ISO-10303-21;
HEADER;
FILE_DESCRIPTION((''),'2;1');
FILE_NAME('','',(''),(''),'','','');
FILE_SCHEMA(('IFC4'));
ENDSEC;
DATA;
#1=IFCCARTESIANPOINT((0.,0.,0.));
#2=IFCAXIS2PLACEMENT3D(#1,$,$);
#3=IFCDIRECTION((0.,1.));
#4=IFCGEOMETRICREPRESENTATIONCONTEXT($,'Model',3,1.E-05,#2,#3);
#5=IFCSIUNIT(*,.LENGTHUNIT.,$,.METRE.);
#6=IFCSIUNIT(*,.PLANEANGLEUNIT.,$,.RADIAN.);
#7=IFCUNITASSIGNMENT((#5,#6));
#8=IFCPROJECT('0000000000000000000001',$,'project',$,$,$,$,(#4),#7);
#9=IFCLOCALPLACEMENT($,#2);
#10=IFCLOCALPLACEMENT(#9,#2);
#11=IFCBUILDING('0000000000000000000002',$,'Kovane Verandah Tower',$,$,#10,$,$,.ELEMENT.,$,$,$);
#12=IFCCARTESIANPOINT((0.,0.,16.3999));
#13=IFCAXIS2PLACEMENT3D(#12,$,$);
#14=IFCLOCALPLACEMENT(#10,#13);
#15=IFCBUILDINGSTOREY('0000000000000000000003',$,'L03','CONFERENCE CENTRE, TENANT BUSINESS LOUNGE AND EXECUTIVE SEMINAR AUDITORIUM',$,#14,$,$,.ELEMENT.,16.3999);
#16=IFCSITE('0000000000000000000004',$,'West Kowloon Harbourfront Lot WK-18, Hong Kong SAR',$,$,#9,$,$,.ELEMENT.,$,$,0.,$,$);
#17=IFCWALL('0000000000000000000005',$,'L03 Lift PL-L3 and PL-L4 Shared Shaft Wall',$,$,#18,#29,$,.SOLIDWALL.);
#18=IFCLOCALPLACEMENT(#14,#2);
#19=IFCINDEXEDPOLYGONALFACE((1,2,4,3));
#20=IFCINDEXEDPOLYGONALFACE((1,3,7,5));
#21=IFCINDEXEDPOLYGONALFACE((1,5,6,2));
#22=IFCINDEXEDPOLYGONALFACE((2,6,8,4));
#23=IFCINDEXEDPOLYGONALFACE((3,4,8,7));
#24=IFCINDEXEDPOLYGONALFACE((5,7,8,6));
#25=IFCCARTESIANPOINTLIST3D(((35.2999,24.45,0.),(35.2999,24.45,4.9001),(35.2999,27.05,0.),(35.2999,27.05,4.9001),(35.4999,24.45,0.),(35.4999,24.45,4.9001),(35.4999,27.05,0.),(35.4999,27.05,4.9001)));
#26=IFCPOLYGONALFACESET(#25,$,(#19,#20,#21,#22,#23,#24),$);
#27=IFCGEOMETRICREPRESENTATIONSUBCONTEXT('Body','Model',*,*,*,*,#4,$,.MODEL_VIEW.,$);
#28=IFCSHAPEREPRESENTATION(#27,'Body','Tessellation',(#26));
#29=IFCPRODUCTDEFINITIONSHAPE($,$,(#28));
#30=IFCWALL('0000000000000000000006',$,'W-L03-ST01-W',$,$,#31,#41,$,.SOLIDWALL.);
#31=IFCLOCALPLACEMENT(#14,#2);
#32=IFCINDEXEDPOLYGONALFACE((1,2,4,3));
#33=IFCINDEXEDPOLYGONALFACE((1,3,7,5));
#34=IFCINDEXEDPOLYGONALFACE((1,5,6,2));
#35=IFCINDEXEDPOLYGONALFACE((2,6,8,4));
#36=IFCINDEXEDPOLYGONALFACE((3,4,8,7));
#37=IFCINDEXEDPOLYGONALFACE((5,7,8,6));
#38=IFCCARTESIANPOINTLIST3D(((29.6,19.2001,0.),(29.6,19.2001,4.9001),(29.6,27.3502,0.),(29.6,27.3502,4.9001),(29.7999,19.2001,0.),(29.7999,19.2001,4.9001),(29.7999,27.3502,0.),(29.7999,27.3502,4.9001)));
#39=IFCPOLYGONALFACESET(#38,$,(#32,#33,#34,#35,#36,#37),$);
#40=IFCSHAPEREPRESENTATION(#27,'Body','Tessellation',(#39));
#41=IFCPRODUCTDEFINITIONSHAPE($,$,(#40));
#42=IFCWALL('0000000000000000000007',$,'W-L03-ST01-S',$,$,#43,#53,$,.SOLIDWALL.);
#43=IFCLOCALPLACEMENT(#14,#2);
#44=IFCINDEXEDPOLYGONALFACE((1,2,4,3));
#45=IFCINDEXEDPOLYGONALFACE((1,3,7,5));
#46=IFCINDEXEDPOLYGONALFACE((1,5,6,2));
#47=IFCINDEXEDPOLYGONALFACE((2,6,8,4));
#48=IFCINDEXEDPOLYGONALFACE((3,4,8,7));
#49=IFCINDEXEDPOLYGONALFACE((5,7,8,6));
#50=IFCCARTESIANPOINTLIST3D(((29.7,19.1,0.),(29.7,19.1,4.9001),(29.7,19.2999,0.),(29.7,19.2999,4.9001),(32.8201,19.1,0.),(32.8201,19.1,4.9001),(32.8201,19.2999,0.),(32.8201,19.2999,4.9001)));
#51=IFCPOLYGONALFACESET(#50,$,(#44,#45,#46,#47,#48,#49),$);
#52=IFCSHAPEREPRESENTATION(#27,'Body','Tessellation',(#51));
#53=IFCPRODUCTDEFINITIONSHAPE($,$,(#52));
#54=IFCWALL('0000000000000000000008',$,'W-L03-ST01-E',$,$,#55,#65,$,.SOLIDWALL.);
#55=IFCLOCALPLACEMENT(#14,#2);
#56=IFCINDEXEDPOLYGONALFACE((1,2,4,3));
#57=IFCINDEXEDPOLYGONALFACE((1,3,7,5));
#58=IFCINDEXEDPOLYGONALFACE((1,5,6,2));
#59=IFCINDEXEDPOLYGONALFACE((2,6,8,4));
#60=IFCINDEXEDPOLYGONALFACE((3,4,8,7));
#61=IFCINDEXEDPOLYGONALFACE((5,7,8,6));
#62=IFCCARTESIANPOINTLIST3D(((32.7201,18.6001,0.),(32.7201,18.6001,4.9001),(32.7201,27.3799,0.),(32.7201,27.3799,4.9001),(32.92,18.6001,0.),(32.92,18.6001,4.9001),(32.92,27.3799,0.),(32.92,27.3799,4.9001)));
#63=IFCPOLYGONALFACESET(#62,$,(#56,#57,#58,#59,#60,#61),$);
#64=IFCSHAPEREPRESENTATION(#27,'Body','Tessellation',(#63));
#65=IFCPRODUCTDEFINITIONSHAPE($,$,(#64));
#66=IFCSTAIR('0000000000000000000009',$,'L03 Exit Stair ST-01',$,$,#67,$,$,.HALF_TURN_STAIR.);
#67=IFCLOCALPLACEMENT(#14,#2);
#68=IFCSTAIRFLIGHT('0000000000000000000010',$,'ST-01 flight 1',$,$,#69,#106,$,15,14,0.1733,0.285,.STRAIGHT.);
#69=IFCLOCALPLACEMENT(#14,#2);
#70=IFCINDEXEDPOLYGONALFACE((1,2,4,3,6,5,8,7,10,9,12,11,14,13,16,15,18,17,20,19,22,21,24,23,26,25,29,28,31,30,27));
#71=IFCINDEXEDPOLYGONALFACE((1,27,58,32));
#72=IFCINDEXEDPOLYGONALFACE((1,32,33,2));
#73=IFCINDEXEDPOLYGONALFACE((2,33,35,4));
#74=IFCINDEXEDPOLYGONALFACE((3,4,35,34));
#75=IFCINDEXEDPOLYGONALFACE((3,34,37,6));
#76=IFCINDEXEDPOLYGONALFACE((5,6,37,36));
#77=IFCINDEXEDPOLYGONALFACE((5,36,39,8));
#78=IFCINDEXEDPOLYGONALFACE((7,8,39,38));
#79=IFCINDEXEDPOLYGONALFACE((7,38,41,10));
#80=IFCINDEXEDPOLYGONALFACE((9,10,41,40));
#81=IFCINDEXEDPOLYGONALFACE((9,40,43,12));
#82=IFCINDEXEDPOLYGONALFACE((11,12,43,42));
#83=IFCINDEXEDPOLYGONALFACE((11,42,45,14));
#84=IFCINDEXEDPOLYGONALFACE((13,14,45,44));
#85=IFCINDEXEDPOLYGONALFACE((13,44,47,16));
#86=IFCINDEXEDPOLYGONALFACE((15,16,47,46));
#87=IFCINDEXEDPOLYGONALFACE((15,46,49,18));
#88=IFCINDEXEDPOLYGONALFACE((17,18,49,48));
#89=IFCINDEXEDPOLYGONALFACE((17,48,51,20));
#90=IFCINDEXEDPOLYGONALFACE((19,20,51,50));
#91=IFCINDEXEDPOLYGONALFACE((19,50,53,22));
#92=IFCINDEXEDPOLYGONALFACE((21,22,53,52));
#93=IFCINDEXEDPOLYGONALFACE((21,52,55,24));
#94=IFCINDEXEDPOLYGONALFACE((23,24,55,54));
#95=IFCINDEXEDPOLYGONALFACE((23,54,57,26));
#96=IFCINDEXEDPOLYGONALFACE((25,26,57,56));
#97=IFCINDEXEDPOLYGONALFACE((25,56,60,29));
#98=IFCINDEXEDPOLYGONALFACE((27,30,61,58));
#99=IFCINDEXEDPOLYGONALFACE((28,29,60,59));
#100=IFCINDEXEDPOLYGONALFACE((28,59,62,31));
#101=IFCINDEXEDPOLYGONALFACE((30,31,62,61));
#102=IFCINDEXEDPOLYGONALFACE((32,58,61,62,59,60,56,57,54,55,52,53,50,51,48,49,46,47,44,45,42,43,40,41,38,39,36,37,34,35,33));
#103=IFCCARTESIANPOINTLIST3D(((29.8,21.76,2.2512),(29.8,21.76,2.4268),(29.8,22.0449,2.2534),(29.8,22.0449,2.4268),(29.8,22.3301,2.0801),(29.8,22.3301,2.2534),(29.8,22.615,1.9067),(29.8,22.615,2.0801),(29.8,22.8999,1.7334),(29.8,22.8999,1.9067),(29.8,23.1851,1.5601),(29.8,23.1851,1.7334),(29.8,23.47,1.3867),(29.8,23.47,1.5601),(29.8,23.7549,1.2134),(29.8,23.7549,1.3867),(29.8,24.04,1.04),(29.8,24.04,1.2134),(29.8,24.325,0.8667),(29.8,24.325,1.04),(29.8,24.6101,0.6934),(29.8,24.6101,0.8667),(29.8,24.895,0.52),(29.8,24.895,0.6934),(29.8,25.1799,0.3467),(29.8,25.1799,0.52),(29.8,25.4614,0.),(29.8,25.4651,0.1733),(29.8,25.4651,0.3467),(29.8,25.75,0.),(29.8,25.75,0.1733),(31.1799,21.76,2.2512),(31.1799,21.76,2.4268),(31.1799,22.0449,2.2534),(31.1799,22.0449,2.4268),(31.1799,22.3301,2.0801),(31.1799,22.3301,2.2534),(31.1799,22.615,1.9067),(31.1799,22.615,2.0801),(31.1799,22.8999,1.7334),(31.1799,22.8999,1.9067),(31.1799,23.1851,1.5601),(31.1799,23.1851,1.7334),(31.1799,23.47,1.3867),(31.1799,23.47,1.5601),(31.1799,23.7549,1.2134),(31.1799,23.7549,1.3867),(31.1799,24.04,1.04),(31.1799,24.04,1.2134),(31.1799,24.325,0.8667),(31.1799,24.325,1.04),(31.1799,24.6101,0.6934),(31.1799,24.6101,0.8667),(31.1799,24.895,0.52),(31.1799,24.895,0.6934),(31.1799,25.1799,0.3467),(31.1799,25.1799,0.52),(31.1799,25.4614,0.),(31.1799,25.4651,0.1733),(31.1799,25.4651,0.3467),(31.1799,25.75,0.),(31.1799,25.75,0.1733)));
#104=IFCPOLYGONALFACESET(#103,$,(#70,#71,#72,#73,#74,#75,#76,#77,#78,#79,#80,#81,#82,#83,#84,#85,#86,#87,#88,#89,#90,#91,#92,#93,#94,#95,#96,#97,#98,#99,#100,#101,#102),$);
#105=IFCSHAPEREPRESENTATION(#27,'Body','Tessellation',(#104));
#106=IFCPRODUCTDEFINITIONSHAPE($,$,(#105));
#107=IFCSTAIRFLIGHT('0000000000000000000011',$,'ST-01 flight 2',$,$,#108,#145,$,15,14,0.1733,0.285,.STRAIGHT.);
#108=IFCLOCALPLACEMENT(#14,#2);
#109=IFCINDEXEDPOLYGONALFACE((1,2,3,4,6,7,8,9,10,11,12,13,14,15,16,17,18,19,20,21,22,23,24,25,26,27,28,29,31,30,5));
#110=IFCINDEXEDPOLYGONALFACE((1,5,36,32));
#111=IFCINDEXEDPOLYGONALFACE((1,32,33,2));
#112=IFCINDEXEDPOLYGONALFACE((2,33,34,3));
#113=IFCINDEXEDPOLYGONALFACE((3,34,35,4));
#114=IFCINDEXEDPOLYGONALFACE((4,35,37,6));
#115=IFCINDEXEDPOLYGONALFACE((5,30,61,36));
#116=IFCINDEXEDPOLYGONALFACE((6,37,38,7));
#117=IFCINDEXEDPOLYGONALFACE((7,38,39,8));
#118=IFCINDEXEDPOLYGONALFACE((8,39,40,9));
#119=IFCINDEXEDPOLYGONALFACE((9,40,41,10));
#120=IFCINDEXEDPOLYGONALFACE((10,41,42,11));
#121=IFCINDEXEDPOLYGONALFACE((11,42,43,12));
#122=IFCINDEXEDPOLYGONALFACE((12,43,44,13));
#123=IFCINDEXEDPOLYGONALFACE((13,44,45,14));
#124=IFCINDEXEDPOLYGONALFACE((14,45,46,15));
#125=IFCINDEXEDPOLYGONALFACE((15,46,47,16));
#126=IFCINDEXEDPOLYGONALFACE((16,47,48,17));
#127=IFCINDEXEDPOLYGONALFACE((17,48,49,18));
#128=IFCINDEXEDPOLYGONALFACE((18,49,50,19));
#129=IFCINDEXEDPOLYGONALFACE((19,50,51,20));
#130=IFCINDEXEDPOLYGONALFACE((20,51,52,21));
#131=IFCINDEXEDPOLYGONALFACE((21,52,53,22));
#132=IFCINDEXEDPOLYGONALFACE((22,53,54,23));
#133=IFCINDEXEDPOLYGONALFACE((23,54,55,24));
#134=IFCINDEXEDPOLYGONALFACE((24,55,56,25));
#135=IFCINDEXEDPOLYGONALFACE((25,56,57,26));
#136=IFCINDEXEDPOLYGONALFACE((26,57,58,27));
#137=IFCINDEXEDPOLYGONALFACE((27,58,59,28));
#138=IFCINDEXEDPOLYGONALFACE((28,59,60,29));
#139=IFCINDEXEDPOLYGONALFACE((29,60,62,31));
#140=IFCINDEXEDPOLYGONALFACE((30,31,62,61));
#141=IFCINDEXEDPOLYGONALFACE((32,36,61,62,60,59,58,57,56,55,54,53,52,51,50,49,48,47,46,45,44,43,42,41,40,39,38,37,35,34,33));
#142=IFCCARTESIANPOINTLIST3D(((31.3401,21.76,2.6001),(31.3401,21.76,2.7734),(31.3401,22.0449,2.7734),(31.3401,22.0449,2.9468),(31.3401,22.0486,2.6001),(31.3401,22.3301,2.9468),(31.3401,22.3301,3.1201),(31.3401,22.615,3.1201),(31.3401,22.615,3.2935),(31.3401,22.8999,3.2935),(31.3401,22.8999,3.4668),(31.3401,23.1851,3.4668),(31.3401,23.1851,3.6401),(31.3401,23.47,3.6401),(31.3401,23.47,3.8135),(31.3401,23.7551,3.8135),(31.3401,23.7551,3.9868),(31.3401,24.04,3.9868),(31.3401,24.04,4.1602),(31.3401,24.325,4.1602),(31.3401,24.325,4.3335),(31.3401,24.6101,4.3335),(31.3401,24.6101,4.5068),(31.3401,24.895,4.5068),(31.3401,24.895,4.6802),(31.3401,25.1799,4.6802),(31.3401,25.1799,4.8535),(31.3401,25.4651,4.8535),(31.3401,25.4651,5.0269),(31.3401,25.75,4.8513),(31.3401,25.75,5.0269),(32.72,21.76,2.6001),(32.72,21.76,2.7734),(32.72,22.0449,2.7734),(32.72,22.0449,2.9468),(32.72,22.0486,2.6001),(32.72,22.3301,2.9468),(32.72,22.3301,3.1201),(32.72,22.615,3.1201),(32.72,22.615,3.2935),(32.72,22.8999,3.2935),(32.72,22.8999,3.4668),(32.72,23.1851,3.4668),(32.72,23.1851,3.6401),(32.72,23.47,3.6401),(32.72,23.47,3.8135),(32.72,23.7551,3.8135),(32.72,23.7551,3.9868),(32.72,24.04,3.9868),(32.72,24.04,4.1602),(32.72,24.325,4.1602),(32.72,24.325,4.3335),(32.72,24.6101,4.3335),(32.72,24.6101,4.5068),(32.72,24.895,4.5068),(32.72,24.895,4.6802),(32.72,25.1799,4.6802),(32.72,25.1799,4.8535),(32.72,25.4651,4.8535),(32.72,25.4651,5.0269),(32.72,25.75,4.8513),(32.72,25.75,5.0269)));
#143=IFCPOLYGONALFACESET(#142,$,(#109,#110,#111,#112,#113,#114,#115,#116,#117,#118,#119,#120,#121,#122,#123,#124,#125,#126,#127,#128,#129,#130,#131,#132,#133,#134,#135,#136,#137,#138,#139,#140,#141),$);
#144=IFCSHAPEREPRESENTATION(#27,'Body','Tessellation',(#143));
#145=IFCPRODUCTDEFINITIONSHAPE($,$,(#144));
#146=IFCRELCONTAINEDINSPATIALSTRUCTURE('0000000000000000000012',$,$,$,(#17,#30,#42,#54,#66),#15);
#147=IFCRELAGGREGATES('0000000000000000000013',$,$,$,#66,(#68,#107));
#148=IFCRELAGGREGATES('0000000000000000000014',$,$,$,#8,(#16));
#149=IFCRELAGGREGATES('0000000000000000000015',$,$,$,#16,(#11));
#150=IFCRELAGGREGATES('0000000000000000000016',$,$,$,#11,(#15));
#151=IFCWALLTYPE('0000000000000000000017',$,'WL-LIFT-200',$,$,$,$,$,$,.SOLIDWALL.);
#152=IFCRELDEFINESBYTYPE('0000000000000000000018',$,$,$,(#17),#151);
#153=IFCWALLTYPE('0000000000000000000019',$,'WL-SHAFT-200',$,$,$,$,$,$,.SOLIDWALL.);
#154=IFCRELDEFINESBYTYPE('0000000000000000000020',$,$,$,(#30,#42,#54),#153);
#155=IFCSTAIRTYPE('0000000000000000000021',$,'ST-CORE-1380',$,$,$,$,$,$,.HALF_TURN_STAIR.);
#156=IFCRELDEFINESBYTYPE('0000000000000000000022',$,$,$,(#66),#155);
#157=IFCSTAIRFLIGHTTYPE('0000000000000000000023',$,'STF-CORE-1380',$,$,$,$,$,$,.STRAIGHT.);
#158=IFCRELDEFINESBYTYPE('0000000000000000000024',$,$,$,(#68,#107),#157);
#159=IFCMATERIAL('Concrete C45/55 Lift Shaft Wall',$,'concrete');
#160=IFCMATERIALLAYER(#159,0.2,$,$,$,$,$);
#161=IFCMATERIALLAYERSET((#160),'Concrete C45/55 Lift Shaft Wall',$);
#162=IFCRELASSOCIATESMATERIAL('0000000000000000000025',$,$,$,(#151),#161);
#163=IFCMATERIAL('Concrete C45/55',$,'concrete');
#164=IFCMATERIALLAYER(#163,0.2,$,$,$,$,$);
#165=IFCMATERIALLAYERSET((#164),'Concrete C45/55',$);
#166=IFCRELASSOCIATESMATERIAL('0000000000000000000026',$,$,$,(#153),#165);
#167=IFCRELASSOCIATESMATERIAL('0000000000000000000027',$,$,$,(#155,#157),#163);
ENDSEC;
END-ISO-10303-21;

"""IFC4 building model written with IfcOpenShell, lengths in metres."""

from ifc_helpers import new_model, si_unit, direction, frame, frame_2d, origin, place, context, subcontext, project, spatial, polyline, rectangle, outline, extrude, material, layer, layer_set, type_object, element, aggregate, save


model = new_model("IFC4")

# Units and contexts
model_context = context("Model", 3, precision=1e-05, world=origin(), true_north=direction((0.0, 1.0)))
body_context = subcontext(model_context, "Body", "Model", "MODEL_VIEW")
ifc_project = project(units=[si_unit("LENGTHUNIT", "METRE"), si_unit("PLANEANGLEUNIT", "RADIAN")], contexts=[model_context])

# Site, building, storey
site_placement = place(None, origin())
site = spatial("IfcSite", under=ifc_project, at=site_placement, Name="West Kowloon Harbourfront Lot WK-18, Hong Kong SAR", CompositionType="ELEMENT", RefElevation=0.0)
building_placement = place(site_placement, origin())
building = spatial("IfcBuilding", under=site, at=building_placement, Name="Kovane Verandah Tower", CompositionType="ELEMENT")
storey_placement = place(building_placement, frame((0.0, 0.0, 16.3999)))
storey = spatial("IfcBuildingStorey", under=building, at=storey_placement, Name="L03", Description="CONFERENCE CENTRE, TENANT BUSINESS LOUNGE AND EXECUTIVE SEMINAR AUDITORIUM", CompositionType="ELEMENT", Elevation=16.3999)

# Wall
ifc_material_1 = material(Name="Concrete C45/55 Lift Shaft Wall", Category="concrete")
ifc_layer_1 = layer(ifc_material_1, 0.2)
ifc_layer_set_1 = layer_set([ifc_layer_1], Name="Concrete C45/55 Lift Shaft Wall")
wall_type_1 = type_object("IfcWallType", Name="WL-LIFT-200", PredefinedType="SOLIDWALL", material=ifc_layer_set_1)
wall_1_placement = place(storey_placement, frame((35.3999, 24.45, 0.0), z_axis=(0.0, 0.0, 1.0), x_axis=(0.0, 1.0, 0.0)))
element("IfcWall", 1, at=wall_1_placement, inside=storey, type_object=wall_type_1, Name="L03 Lift PL-L3 and PL-L4 Shared Shaft Wall", PredefinedType="SOLIDWALL", context=body_context, shape_type="SweptSolid", body=[
    extrude(rectangle(XDim=2.6001, YDim=0.2, at=frame_2d((1.3, 0.0))), origin(), (0.0, 0.0, 1.0), 4.9001),
])

# Walls
ifc_material_2 = material(Name="Concrete C45/55", Category="concrete")
ifc_layer_2 = layer(ifc_material_2, 0.2)
ifc_layer_set_2 = layer_set([ifc_layer_2], Name="Concrete C45/55")
wall_type_2 = type_object("IfcWallType", Name="WL-SHAFT-200", PredefinedType="SOLIDWALL", material=ifc_layer_set_2)
wall_2_placement = place(storey_placement, frame((29.7, 19.2, 0.0), z_axis=(0.0, 0.0, 1.0), x_axis=(0.0, 1.0, 0.0)))
element("IfcWall", 2, at=wall_2_placement, inside=storey, type_object=wall_type_2, Name="W-L03-ST01-W", PredefinedType="SOLIDWALL", context=body_context, shape_type="SweptSolid", body=[
    extrude(rectangle(XDim=8.1501, YDim=0.2, at=frame_2d((4.0752, 0.0))), origin(), (0.0, 0.0, 1.0), 4.9001),
])
wall_3_placement = place(storey_placement, frame((29.7, 19.2, 0.0), z_axis=(0.0, 0.0, 1.0), x_axis=(1.0, 0.0, 0.0)))
element("IfcWall", 3, at=wall_3_placement, inside=storey, type_object=wall_type_2, Name="W-L03-ST01-S", PredefinedType="SOLIDWALL", context=body_context, shape_type="SweptSolid", body=[
    extrude(rectangle(XDim=3.1201, YDim=0.2, at=frame_2d((1.5601, 0.0))), origin(), (0.0, 0.0, 1.0), 4.9001),
])
wall_4_placement = place(storey_placement, frame((32.8201, 18.6001, 0.0), z_axis=(0.0, 0.0, 1.0), x_axis=(0.0, 1.0, 0.0)))
element("IfcWall", 4, at=wall_4_placement, inside=storey, type_object=wall_type_2, Name="W-L03-ST01-E", PredefinedType="SOLIDWALL", context=body_context, shape_type="SweptSolid", body=[
    extrude(rectangle(XDim=8.7798, YDim=0.2, at=frame_2d((4.3899, 0.0))), origin(), (0.0, 0.0, 1.0), 4.9001),
])

# Stair, stair flights
stair_type = type_object("IfcStairType", Name="ST-CORE-1380", PredefinedType="HALF_TURN_STAIR", material=ifc_material_2)
stair_placement = place(storey_placement, origin())
stair = element("IfcStair", 5, at=stair_placement, inside=storey, type_object=stair_type, Name="L03 Exit Stair ST-01", PredefinedType="HALF_TURN_STAIR")
stair_flight_type = type_object("IfcStairFlightType", Name="STF-CORE-1380", PredefinedType="STRAIGHT", material=ifc_material_2)
stair_flight_1_placement = place(storey_placement, frame((30.49, 25.75, 0.0), z_axis=(0.0, 0.0, 1.0), x_axis=(0.0, -1.0, 0.0)))
stair_flight_1 = element("IfcStairFlight", 6, at=stair_flight_1_placement, type_object=stair_flight_type, Name="ST-01 flight 1", NumberOfRisers=15, NumberOfTreads=14, PredefinedType="STRAIGHT", RiserHeight=0.1733, TreadLength=0.285, context=body_context, shape_type="SweptSolid", body=[
    extrude(outline(polyline([(0.0, 0.0), (0.0, 0.1733), (0.2849, 0.1733), (0.2849, 0.3467), (0.5701, 0.3467), (0.5701, 0.52), (0.855, 0.52), (0.855, 0.6934), (1.1399, 0.6934), (1.1399, 0.8667), (1.425, 0.8667), (1.425, 1.04), (1.71, 1.04), (1.71, 1.2134), (1.9951, 1.2134), (1.9951, 1.3867), (2.28, 1.3867), (2.28, 1.5601), (2.5649, 1.5601), (2.5649, 1.7334), (2.8501, 1.7334), (2.8501, 1.9067), (3.135, 1.9067), (3.135, 2.0801), (3.4199, 2.0801), (3.4199, 2.2534), (3.7051, 2.2534), (3.7051, 2.4268), (3.99, 2.4268), (3.99, 2.6001), (3.99, 2.2512), (0.2886, 0.0), (0.0, 0.0)])), frame((0.0, 0.6899, 0.0), z_axis=(0.0, -1.0, 0.0), x_axis=(1.0, 0.0, 0.0)), (0.0, 0.0, 1.0), 1.3799),
])
stair_flight_2_placement = place(storey_placement, frame((32.03, 21.76, 2.6001), z_axis=(0.0, 0.0, 1.0), x_axis=(0.0, 1.0, 0.0)))
stair_flight_2 = element("IfcStairFlight", 7, at=stair_flight_2_placement, type_object=stair_flight_type, Name="ST-01 flight 2", NumberOfRisers=15, NumberOfTreads=14, PredefinedType="STRAIGHT", RiserHeight=0.1733, TreadLength=0.285, context=body_context, shape_type="SweptSolid", body=[
    extrude(outline(polyline([(0.0, 0.0), (0.0, 0.1733), (0.2849, 0.1733), (0.2849, 0.3467), (0.5701, 0.3467), (0.5701, 0.52), (0.855, 0.52), (0.855, 0.6934), (1.1399, 0.6934), (1.1399, 0.8667), (1.425, 0.8667), (1.425, 1.04), (1.71, 1.04), (1.71, 1.2134), (1.9951, 1.2134), (1.9951, 1.3867), (2.28, 1.3867), (2.28, 1.5601), (2.5649, 1.5601), (2.5649, 1.7334), (2.8501, 1.7334), (2.8501, 1.9067), (3.135, 1.9067), (3.135, 2.0801), (3.4199, 2.0801), (3.4199, 2.2534), (3.7051, 2.2534), (3.7051, 2.4268), (3.99, 2.4268), (3.99, 2.6001), (3.99, 2.2512), (0.2886, 0.0), (0.0, 0.0)])), frame((0.0, 0.6899, 0.0), z_axis=(0.0, -1.0, 0.0), x_axis=(1.0, 0.0, 0.0)), (0.0, 0.0, 1.0), 1.3799),
])
aggregate(stair, [stair_flight_1, stair_flight_2])

save(model, "model.ifc")
